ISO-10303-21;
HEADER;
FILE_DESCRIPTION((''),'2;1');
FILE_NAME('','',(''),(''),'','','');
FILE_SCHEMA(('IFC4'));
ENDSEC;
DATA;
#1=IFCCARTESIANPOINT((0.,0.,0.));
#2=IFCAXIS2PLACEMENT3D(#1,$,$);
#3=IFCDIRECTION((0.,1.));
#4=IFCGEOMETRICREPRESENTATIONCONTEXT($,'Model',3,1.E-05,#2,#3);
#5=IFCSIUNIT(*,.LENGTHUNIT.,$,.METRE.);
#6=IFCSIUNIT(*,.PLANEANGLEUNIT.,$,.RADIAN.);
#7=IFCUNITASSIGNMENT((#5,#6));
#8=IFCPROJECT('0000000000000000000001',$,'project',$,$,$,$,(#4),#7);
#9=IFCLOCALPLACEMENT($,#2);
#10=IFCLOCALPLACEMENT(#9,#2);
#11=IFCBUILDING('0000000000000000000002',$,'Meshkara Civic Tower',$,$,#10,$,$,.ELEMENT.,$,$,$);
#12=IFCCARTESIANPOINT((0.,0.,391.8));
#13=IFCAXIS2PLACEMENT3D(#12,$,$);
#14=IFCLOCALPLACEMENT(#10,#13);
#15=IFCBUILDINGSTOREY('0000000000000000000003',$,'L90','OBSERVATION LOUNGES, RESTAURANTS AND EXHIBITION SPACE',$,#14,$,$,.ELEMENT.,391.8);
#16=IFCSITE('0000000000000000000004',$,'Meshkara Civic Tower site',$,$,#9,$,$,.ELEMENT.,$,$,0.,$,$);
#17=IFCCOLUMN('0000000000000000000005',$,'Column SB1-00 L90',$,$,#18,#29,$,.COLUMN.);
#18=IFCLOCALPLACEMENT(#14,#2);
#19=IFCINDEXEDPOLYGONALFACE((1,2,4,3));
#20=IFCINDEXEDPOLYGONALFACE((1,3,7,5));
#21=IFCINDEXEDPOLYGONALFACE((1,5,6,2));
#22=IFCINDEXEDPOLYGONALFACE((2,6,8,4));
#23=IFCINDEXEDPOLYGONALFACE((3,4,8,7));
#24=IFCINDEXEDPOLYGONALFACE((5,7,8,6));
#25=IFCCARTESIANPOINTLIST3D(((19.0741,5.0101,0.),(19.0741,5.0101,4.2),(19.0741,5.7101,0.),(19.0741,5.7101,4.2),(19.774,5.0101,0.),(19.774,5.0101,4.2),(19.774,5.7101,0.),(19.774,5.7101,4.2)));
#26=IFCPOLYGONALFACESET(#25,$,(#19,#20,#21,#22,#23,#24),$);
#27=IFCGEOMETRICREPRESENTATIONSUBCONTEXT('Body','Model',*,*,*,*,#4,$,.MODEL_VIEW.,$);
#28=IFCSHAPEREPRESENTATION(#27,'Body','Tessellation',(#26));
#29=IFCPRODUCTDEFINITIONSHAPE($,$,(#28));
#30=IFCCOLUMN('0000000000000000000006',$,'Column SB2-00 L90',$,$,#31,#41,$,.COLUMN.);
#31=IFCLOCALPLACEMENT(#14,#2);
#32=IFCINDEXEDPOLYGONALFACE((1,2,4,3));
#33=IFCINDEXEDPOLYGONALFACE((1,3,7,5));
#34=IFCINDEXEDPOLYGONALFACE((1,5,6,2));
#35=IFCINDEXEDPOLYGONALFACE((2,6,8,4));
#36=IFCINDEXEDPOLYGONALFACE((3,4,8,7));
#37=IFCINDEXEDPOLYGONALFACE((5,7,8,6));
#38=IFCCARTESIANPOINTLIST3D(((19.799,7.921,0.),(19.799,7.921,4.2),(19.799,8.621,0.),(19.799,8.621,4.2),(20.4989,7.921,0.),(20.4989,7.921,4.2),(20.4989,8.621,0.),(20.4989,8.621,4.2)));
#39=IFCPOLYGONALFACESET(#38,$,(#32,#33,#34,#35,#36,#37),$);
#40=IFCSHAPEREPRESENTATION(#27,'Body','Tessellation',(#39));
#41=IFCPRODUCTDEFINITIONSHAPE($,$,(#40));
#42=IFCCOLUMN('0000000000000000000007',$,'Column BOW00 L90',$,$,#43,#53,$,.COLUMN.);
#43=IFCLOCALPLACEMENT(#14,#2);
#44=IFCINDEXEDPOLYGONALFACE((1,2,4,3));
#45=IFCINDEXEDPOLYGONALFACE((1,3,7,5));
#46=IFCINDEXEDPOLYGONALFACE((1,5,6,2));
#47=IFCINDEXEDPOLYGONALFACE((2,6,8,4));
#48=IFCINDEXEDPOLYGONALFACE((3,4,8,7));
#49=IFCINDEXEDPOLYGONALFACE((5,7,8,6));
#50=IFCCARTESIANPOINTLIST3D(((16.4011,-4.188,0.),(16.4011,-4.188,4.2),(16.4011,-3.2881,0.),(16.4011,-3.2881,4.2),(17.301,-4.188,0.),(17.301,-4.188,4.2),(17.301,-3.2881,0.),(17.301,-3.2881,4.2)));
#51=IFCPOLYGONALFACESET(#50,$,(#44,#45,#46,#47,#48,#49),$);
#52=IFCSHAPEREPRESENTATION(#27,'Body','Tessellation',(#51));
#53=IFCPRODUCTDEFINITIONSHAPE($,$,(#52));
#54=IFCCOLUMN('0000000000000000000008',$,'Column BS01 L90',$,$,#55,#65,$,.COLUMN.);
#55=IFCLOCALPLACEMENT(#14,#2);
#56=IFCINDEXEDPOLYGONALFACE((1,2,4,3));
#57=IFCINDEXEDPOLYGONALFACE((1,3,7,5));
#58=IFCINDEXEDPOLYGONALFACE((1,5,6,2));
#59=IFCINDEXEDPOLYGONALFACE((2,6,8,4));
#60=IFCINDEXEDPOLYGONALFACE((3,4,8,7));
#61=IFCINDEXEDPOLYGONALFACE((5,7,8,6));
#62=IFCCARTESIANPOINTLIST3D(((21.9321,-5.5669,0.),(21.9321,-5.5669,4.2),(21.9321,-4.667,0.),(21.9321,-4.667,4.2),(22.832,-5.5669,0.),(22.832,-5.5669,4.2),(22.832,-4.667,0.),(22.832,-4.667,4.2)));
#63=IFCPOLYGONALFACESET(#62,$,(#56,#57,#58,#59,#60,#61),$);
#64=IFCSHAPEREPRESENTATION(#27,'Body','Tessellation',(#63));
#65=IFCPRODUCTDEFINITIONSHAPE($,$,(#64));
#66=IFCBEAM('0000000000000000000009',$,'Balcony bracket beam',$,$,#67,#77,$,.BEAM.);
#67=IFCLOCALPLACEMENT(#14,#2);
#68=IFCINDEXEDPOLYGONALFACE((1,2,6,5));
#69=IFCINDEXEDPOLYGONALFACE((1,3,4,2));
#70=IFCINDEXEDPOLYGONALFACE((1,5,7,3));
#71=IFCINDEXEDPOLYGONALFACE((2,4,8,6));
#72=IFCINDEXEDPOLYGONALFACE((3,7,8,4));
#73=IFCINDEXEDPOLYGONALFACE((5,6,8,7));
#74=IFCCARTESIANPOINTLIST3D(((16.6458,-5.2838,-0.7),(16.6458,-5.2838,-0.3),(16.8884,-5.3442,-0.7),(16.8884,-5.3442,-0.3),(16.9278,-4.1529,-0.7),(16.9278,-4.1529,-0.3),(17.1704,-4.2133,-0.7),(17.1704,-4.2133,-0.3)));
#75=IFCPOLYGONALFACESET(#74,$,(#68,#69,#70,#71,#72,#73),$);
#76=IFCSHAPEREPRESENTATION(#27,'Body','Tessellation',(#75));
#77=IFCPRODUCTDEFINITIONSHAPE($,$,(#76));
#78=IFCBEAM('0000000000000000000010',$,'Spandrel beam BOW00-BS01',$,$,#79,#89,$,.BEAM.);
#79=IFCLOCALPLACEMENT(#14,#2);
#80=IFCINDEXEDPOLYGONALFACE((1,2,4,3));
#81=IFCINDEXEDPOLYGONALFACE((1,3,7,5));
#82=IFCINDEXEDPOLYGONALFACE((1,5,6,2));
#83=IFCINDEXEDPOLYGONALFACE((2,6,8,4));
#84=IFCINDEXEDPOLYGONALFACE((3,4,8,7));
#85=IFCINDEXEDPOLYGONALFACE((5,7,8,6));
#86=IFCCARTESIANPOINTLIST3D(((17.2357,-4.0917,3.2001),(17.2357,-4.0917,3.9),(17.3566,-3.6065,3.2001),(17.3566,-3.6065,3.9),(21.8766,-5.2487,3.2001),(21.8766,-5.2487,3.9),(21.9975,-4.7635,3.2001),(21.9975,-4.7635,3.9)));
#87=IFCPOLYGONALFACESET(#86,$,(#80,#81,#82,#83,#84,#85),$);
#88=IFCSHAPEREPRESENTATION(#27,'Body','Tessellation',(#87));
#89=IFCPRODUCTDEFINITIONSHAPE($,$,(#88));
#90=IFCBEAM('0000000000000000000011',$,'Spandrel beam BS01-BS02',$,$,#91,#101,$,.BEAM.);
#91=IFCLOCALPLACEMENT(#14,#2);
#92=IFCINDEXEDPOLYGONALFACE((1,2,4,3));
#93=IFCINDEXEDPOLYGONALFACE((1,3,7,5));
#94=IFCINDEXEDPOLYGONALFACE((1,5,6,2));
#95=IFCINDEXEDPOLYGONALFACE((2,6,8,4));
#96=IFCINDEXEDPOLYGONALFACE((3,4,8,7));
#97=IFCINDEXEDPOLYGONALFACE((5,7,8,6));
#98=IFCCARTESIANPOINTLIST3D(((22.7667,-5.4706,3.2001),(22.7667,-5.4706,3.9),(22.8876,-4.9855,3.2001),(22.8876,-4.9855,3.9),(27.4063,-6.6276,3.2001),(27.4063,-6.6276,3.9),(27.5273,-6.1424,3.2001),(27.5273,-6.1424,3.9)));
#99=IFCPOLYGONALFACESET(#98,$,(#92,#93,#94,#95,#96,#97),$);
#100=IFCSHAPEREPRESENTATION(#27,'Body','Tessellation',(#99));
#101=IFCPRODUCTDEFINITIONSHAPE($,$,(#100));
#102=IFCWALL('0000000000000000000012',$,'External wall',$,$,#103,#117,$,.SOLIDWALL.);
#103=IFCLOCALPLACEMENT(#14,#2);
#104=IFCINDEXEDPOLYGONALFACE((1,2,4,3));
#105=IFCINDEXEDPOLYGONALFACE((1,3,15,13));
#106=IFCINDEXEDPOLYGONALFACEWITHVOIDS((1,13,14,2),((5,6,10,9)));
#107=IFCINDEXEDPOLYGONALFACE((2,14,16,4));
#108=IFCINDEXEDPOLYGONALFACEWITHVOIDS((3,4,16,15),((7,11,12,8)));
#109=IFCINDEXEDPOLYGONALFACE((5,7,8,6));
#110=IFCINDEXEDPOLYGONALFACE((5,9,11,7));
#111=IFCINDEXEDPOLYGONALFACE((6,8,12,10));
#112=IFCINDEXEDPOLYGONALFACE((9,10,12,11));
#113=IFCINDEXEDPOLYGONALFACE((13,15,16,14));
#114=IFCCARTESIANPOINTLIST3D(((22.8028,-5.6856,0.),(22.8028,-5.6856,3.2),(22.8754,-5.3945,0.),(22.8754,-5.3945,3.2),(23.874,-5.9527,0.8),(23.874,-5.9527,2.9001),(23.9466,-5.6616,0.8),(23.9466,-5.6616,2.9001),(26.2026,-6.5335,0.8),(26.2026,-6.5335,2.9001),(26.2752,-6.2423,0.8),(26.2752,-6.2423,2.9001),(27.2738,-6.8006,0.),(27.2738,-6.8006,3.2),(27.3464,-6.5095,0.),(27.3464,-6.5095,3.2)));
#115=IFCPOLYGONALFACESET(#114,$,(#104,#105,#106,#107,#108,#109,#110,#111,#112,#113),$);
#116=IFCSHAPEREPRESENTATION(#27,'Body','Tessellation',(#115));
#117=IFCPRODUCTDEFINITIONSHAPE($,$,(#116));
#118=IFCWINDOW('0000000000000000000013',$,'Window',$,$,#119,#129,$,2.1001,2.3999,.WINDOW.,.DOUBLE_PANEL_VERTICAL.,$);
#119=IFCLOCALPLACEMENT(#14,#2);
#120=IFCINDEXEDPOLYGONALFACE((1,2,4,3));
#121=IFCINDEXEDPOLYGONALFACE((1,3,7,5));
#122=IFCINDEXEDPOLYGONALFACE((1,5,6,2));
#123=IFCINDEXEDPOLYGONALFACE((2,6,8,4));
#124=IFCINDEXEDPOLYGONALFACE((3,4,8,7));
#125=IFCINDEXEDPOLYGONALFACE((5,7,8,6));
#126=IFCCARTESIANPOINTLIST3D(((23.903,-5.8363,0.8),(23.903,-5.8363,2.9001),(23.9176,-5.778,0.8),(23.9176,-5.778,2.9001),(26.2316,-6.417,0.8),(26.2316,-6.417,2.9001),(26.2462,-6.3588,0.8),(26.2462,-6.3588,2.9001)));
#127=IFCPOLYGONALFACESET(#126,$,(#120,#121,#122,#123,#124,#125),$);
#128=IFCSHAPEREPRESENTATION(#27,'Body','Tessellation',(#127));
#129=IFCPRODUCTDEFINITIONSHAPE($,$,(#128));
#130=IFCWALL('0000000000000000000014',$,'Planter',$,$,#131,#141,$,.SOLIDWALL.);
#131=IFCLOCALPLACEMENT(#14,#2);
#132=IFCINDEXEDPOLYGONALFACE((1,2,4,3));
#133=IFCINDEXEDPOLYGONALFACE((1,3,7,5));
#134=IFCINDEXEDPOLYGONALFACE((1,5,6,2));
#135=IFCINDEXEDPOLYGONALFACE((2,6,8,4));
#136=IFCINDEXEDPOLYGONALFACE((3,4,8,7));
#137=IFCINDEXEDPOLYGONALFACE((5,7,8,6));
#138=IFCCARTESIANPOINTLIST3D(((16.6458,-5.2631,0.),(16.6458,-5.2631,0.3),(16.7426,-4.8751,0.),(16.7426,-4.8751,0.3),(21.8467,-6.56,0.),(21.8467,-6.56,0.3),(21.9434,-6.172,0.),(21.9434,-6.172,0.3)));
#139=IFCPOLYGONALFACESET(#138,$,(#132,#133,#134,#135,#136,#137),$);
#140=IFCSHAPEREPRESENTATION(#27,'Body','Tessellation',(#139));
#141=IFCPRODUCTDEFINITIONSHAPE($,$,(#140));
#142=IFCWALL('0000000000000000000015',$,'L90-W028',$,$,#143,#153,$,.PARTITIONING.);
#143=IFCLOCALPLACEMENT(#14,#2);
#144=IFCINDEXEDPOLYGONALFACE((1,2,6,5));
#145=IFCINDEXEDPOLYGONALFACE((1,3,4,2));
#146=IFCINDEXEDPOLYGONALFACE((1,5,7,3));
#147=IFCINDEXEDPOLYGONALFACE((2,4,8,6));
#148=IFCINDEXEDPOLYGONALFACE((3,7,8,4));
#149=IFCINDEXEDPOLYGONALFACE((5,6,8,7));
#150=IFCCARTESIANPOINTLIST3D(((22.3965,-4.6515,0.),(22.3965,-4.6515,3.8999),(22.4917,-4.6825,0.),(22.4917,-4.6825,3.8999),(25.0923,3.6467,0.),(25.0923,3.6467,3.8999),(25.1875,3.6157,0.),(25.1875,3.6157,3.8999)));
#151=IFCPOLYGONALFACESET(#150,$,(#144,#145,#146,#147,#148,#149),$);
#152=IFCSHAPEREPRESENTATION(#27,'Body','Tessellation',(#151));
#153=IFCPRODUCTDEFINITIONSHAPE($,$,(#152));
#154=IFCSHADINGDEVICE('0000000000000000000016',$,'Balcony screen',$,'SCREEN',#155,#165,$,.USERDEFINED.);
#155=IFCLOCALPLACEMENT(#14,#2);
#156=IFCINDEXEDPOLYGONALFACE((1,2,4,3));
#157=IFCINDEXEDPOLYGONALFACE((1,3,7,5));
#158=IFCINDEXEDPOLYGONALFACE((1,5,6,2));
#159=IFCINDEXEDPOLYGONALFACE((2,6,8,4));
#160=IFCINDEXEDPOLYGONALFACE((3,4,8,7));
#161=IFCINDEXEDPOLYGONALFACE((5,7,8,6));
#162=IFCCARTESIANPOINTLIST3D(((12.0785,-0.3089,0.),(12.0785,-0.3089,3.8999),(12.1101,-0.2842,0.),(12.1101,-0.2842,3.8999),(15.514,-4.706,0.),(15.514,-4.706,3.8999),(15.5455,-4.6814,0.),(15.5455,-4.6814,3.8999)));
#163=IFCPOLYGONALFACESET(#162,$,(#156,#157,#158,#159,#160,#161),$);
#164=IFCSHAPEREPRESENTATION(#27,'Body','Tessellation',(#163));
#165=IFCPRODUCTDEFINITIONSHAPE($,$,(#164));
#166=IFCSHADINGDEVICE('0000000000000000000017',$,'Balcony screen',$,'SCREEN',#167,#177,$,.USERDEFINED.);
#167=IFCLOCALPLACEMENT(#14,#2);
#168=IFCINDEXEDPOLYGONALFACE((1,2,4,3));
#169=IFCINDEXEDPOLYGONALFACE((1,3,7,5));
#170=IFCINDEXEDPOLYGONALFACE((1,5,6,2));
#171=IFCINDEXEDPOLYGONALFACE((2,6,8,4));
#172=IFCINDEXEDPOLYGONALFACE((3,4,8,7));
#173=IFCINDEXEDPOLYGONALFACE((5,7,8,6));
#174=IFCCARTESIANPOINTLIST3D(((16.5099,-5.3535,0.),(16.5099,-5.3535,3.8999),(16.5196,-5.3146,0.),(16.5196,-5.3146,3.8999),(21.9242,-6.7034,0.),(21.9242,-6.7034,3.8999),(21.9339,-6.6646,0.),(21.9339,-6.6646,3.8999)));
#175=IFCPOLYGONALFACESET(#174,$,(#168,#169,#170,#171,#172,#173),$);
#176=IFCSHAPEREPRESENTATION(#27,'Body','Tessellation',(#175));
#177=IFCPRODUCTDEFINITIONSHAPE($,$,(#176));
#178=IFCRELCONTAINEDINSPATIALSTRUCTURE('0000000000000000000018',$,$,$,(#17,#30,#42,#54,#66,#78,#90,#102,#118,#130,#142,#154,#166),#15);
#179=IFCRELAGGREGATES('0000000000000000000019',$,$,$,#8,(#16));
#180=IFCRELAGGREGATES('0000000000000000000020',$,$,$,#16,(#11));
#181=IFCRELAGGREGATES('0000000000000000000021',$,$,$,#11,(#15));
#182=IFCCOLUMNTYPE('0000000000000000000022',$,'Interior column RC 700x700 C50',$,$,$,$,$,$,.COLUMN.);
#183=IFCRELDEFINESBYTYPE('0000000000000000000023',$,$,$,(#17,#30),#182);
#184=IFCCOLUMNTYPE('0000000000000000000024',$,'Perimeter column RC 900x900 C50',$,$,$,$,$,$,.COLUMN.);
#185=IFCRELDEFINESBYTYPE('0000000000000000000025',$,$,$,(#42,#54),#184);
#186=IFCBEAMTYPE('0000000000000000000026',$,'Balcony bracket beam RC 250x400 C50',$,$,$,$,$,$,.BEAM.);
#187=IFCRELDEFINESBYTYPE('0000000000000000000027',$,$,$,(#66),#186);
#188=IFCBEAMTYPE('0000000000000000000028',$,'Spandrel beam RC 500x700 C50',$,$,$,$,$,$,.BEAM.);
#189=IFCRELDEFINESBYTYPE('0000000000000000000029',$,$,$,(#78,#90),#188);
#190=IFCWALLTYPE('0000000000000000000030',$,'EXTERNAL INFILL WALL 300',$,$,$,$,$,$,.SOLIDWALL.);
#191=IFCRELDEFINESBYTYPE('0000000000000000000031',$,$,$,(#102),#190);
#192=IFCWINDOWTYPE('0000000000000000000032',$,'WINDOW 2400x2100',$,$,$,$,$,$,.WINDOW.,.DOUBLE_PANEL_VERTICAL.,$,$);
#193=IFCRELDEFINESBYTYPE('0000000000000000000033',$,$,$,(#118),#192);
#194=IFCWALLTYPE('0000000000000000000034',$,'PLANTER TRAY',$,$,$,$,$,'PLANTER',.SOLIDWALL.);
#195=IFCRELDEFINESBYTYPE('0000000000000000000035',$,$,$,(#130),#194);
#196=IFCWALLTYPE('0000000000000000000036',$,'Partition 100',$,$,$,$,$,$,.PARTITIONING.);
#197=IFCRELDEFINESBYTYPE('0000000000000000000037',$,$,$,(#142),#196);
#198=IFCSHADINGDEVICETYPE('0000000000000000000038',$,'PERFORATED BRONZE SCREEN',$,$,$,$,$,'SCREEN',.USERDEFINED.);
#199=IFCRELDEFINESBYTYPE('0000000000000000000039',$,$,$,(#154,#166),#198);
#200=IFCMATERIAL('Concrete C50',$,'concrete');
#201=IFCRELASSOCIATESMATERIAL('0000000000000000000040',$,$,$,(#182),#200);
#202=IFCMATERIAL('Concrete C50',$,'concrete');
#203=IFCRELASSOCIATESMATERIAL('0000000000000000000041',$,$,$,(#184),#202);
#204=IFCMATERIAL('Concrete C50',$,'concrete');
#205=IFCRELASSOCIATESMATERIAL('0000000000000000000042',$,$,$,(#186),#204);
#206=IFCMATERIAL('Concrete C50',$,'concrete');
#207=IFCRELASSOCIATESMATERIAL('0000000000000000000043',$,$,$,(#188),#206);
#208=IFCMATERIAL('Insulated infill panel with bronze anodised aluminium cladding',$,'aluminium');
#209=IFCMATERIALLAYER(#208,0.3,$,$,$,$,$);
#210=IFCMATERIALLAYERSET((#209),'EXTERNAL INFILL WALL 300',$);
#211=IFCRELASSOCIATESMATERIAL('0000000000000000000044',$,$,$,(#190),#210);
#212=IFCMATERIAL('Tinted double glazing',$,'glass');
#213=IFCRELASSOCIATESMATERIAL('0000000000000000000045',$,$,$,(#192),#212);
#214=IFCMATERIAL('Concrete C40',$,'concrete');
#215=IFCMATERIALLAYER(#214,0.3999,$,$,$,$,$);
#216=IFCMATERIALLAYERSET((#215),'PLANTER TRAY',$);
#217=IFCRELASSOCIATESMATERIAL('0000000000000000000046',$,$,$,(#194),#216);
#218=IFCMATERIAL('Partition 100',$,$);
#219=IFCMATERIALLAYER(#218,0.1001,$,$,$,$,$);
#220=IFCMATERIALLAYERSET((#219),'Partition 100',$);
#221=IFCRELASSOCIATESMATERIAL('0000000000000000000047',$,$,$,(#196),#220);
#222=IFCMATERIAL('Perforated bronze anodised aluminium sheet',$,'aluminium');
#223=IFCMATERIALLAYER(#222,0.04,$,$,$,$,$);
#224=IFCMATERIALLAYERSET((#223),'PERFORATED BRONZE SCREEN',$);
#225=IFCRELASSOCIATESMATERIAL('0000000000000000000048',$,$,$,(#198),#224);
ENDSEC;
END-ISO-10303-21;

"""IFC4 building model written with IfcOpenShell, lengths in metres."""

from ifc_helpers import new_model, si_unit, direction, frame, frame_2d, origin, origin_2d, place, context, subcontext, project, spatial, rectangle, extrude, material, layer, layer_set, material_profile, profile_set, type_object, element, fill, save


model = new_model("IFC4")

# Units and contexts
model_context = context("Model", 3, precision=1e-05, world=origin(), true_north=direction((0.0, 1.0)))
body_context = subcontext(model_context, "Body", "Model", "MODEL_VIEW")
ifc_project = project(units=[si_unit("LENGTHUNIT", "METRE"), si_unit("PLANEANGLEUNIT", "RADIAN")], contexts=[model_context])

# Site, building, storey
site_placement = place(None, origin())
site = spatial("IfcSite", under=ifc_project, at=site_placement, Name="Meshkara Civic Tower site", CompositionType="ELEMENT", RefElevation=0.0)
building_placement = place(site_placement, origin())
building = spatial("IfcBuilding", under=site, at=building_placement, Name="Meshkara Civic Tower", CompositionType="ELEMENT")
storey_placement = place(building_placement, frame((0.0, 0.0, 391.8)))
storey = spatial("IfcBuildingStorey", under=building, at=storey_placement, Name="L90", Description="OBSERVATION LOUNGES, RESTAURANTS AND EXHIBITION SPACE", CompositionType="ELEMENT", Elevation=391.8)

# Columns
ifc_material_1 = material(Name="Concrete C50", Category="concrete")
ifc_material_profile_1 = material_profile(ifc_material_1, rectangle(XDim=0.7, YDim=0.7, at=origin_2d()))
ifc_profile_set_1 = profile_set([ifc_material_profile_1], Name="Concrete C50")
column_type_1 = type_object("IfcColumnType", Name="Interior column RC 700x700 C50", PredefinedType="COLUMN", material=ifc_profile_set_1)
for number, where, z_axis, x_axis, name in (
    (1, (19.4241, 5.3601, 0.0), (0.0, 0.0, 1.0), (1.0, 0.0, 0.0), "Column SB1-00 L90"),
    (2, (20.1489, 8.271, 0.0), (0.0, 0.0, 1.0), (1.0, 0.0, 0.0), "Column SB2-00 L90"),
):
    element("IfcColumn", number, at=place(storey_placement, frame(where, z_axis=z_axis, x_axis=x_axis)), inside=storey, type_object=column_type_1, Name=name, PredefinedType="COLUMN", context=body_context, shape_type="SweptSolid", body=[
        extrude(rectangle(XDim=0.7, YDim=0.7, at=origin_2d()), origin(), (0.0, 0.0, 1.0), 4.2),
    ])
ifc_material_2 = material(Name="Concrete C50", Category="concrete")
ifc_material_profile_2 = material_profile(ifc_material_2, rectangle(XDim=0.8999, YDim=0.8999, at=origin_2d()))
ifc_profile_set_2 = profile_set([ifc_material_profile_2], Name="Concrete C50")
column_type_2 = type_object("IfcColumnType", Name="Perimeter column RC 900x900 C50", PredefinedType="COLUMN", material=ifc_profile_set_2)
for number, where, z_axis, x_axis, name in (
    (3, (16.8511, -3.738, 0.0), (0.0, 0.0, 1.0), (1.0, 0.0, 0.0), "Column BOW00 L90"),
    (4, (22.3821, -5.1169, 0.0), (0.0, 0.0, 1.0), (1.0, 0.0, 0.0), "Column BS01 L90"),
):
    element("IfcColumn", number, at=place(storey_placement, frame(where, z_axis=z_axis, x_axis=x_axis)), inside=storey, type_object=column_type_2, Name=name, PredefinedType="COLUMN", context=body_context, shape_type="SweptSolid", body=[
        extrude(rectangle(XDim=0.8999, YDim=0.8999, at=origin_2d()), origin(), (0.0, 0.0, 1.0), 4.2),
    ])

# Beams
ifc_material_3 = material(Name="Concrete C50", Category="concrete")
ifc_material_profile_3 = material_profile(ifc_material_3, rectangle(XDim=0.25, YDim=0.3999, at=origin_2d()))
ifc_profile_set_3 = profile_set([ifc_material_profile_3], Name="Concrete C50")
beam_type_1 = type_object("IfcBeamType", Name="Balcony bracket beam RC 250x400 C50", PredefinedType="BEAM", material=ifc_profile_set_3)
beam_1_placement = place(storey_placement, frame((17.0491, -4.1831, -0.5), z_axis=(-0.241944, -0.97029, 0.0), x_axis=(0.97029, -0.241944, 0.0)))
element("IfcBeam", 5, at=beam_1_placement, inside=storey, type_object=beam_type_1, Name="Balcony bracket beam", PredefinedType="BEAM", context=body_context, shape_type="SweptSolid", body=[
    extrude(rectangle(XDim=0.25, YDim=0.3999, at=origin_2d()), origin(), (0.0, 0.0, 1.0), 1.1655),
])
ifc_material_4 = material(Name="Concrete C50", Category="concrete")
ifc_material_profile_4 = material_profile(ifc_material_4, rectangle(XDim=0.5, YDim=0.7, at=origin_2d()))
ifc_profile_set_4 = profile_set([ifc_material_profile_4], Name="Concrete C50")
beam_type_2 = type_object("IfcBeamType", Name="Spandrel beam RC 500x700 C50", PredefinedType="BEAM", material=ifc_profile_set_4)
beam_2_placement = place(storey_placement, frame((17.2961, -3.8491, 3.55), z_axis=(0.970301, -0.241899, 0.0), x_axis=(0.241899, 0.970301, 0.0)))
element("IfcBeam", 6, at=beam_2_placement, inside=storey, type_object=beam_type_2, Name="Spandrel beam BOW00-BS01", PredefinedType="BEAM", context=body_context, shape_type="SweptSolid", body=[
    extrude(rectangle(XDim=0.5, YDim=0.7, at=origin_2d()), origin(), (0.0, 0.0, 1.0), 4.783),
])
beam_3_placement = place(storey_placement, frame((22.8271, -5.228, 3.55), z_axis=(0.970286, -0.241959, 0.0), x_axis=(0.241959, 0.970286, 0.0)))
element("IfcBeam", 7, at=beam_3_placement, inside=storey, type_object=beam_type_2, Name="Spandrel beam BS01-BS02", PredefinedType="BEAM", context=body_context, shape_type="SweptSolid", body=[
    extrude(rectangle(XDim=0.5, YDim=0.7, at=origin_2d()), origin(), (0.0, 0.0, 1.0), 4.7817),
])

# Wall, opening, window
ifc_material_5 = material(Name="Insulated infill panel with bronze anodised aluminium cladding", Category="aluminium")
ifc_layer_1 = layer(ifc_material_5, 0.3)
ifc_layer_set_1 = layer_set([ifc_layer_1], Name="EXTERNAL INFILL WALL 300")
wall_type_1 = type_object("IfcWallType", Name="EXTERNAL INFILL WALL 300", PredefinedType="SOLIDWALL", material=ifc_layer_set_1)
wall_1_placement = place(storey_placement, frame((22.8391, -5.54, 0.0), z_axis=(0.0, 0.0, 1.0), x_axis=(0.970283, -0.241975, 0.0)))
wall_1 = element("IfcWall", 8, at=wall_1_placement, inside=storey, type_object=wall_type_1, Name="External wall", PredefinedType="SOLIDWALL", context=body_context, shape_type="SweptSolid", body=[
    extrude(rectangle(XDim=4.6079, YDim=0.3, at=frame_2d((2.304, 0.0))), origin(), (0.0, 0.0, 1.0), 3.2),
])
opening_1_placement = place(wall_1_placement, frame((1.104, 0.0, 0.8)))
opening_1 = element("IfcOpeningElement", 9, at=opening_1_placement, cuts=wall_1, PredefinedType="OPENING", context=body_context, shape_type="SweptSolid", body=[
    extrude(rectangle(XDim=2.3999, YDim=2.1001, at=frame_2d((1.2, 1.05))), frame((0.0, 0.1599, 0.0), z_axis=(0.0, -1.0, 0.0), x_axis=(1.0, 0.0, 0.0)), (0.0, 0.0, 1.0), 0.3201),
])
ifc_material_6 = material(Name="Tinted double glazing", Category="glass")
window_type = type_object("IfcWindowType", Name="WINDOW 2400x2100", PartitioningType="DOUBLE_PANEL_VERTICAL", PredefinedType="WINDOW", material=ifc_material_6)
window_placement = place(opening_1_placement, origin())
window = element("IfcWindow", 10, at=window_placement, inside=storey, type_object=window_type, Name="Window", OverallHeight=2.1001, OverallWidth=2.3999, PartitioningType="DOUBLE_PANEL_VERTICAL", PredefinedType="WINDOW", context=body_context, shape_type="SweptSolid", body=[
    extrude(rectangle(XDim=2.3999, YDim=2.1001, at=frame_2d((1.2, 1.05))), frame((0.0, 0.03, 0.0), z_axis=(0.0, -1.0, 0.0), x_axis=(1.0, 0.0, 0.0)), (0.0, 0.0, 1.0), 0.0601),
])
fill(opening_1, window)

# Walls
ifc_material_7 = material(Name="Concrete C40", Category="concrete")
ifc_layer_2 = layer(ifc_material_7, 0.3999)
ifc_layer_set_2 = layer_set([ifc_layer_2], Name="PLANTER TRAY")
wall_type_2 = type_object("IfcWallType", Name="PLANTER TRAY", ElementType="PLANTER", PredefinedType="SOLIDWALL", material=ifc_layer_set_2)
wall_2_placement = place(storey_placement, frame((16.6941, -5.0691, 0.0), z_axis=(0.0, 0.0, 1.0), x_axis=(0.97029, -0.241946, 0.0)))
element("IfcWall", 11, at=wall_2_placement, inside=storey, type_object=wall_type_2, Name="Planter", PredefinedType="SOLIDWALL", context=body_context, shape_type="SweptSolid", body=[
    extrude(rectangle(XDim=5.3601, YDim=0.3999, at=frame_2d((2.6802, 0.0))), origin(), (0.0, 0.0, 1.0), 0.3),
])
ifc_material_8 = material(Name="Partition 100")
ifc_layer_3 = layer(ifc_material_8, 0.1001)
ifc_layer_set_3 = layer_set([ifc_layer_3], Name="Partition 100")
wall_type_3 = type_object("IfcWallType", Name="Partition 100", PredefinedType="PARTITIONING", material=ifc_layer_set_3)
wall_3_placement = place(storey_placement, frame((22.4441, -4.667, 0.0), z_axis=(0.0, 0.0, 1.0), x_axis=(0.308974, 0.95107, 0.0)))
element("IfcWall", 12, at=wall_3_placement, inside=storey, type_object=wall_type_3, Name="L90-W028", PredefinedType="PARTITIONING", context=body_context, shape_type="SweptSolid", body=[
    extrude(rectangle(XDim=8.7251, YDim=0.1001, at=frame_2d((4.3625, 0.0))), origin(), (0.0, 0.0, 1.0), 3.8999),
])

# Shading devices
ifc_material_9 = material(Name="Perforated bronze anodised aluminium sheet", Category="aluminium")
ifc_layer_4 = layer(ifc_material_9, 0.04)
ifc_layer_set_4 = layer_set([ifc_layer_4], Name="PERFORATED BRONZE SCREEN")
shading_device_type = type_object("IfcShadingDeviceType", Name="PERFORATED BRONZE SCREEN", ElementType="SCREEN", PredefinedType="USERDEFINED", material=ifc_layer_set_4)
for number, where, z_axis, x_axis, name in (
    (13, (13.812, -2.4951, 0.0), (0.0, 0.0, 1.0), (0.615661, -0.788011, 0.0), "Balcony screen"),
    (14, (19.2219, -6.009, 0.0), (0.0, 0.0, 1.0), (0.970296, -0.241922, 0.0), "Balcony screen"),
):
    element("IfcShadingDevice", number, at=place(storey_placement, frame(where, z_axis=z_axis, x_axis=x_axis)), inside=storey, type_object=shading_device_type, Name=name, ObjectType="SCREEN", PredefinedType="USERDEFINED", context=body_context, shape_type="SweptSolid", body=[
        extrude(rectangle(XDim=5.5801, YDim=0.04, at=origin_2d()), origin(), (0.0, 0.0, 1.0), 3.8999),
    ])

save(model, "model.ifc")
